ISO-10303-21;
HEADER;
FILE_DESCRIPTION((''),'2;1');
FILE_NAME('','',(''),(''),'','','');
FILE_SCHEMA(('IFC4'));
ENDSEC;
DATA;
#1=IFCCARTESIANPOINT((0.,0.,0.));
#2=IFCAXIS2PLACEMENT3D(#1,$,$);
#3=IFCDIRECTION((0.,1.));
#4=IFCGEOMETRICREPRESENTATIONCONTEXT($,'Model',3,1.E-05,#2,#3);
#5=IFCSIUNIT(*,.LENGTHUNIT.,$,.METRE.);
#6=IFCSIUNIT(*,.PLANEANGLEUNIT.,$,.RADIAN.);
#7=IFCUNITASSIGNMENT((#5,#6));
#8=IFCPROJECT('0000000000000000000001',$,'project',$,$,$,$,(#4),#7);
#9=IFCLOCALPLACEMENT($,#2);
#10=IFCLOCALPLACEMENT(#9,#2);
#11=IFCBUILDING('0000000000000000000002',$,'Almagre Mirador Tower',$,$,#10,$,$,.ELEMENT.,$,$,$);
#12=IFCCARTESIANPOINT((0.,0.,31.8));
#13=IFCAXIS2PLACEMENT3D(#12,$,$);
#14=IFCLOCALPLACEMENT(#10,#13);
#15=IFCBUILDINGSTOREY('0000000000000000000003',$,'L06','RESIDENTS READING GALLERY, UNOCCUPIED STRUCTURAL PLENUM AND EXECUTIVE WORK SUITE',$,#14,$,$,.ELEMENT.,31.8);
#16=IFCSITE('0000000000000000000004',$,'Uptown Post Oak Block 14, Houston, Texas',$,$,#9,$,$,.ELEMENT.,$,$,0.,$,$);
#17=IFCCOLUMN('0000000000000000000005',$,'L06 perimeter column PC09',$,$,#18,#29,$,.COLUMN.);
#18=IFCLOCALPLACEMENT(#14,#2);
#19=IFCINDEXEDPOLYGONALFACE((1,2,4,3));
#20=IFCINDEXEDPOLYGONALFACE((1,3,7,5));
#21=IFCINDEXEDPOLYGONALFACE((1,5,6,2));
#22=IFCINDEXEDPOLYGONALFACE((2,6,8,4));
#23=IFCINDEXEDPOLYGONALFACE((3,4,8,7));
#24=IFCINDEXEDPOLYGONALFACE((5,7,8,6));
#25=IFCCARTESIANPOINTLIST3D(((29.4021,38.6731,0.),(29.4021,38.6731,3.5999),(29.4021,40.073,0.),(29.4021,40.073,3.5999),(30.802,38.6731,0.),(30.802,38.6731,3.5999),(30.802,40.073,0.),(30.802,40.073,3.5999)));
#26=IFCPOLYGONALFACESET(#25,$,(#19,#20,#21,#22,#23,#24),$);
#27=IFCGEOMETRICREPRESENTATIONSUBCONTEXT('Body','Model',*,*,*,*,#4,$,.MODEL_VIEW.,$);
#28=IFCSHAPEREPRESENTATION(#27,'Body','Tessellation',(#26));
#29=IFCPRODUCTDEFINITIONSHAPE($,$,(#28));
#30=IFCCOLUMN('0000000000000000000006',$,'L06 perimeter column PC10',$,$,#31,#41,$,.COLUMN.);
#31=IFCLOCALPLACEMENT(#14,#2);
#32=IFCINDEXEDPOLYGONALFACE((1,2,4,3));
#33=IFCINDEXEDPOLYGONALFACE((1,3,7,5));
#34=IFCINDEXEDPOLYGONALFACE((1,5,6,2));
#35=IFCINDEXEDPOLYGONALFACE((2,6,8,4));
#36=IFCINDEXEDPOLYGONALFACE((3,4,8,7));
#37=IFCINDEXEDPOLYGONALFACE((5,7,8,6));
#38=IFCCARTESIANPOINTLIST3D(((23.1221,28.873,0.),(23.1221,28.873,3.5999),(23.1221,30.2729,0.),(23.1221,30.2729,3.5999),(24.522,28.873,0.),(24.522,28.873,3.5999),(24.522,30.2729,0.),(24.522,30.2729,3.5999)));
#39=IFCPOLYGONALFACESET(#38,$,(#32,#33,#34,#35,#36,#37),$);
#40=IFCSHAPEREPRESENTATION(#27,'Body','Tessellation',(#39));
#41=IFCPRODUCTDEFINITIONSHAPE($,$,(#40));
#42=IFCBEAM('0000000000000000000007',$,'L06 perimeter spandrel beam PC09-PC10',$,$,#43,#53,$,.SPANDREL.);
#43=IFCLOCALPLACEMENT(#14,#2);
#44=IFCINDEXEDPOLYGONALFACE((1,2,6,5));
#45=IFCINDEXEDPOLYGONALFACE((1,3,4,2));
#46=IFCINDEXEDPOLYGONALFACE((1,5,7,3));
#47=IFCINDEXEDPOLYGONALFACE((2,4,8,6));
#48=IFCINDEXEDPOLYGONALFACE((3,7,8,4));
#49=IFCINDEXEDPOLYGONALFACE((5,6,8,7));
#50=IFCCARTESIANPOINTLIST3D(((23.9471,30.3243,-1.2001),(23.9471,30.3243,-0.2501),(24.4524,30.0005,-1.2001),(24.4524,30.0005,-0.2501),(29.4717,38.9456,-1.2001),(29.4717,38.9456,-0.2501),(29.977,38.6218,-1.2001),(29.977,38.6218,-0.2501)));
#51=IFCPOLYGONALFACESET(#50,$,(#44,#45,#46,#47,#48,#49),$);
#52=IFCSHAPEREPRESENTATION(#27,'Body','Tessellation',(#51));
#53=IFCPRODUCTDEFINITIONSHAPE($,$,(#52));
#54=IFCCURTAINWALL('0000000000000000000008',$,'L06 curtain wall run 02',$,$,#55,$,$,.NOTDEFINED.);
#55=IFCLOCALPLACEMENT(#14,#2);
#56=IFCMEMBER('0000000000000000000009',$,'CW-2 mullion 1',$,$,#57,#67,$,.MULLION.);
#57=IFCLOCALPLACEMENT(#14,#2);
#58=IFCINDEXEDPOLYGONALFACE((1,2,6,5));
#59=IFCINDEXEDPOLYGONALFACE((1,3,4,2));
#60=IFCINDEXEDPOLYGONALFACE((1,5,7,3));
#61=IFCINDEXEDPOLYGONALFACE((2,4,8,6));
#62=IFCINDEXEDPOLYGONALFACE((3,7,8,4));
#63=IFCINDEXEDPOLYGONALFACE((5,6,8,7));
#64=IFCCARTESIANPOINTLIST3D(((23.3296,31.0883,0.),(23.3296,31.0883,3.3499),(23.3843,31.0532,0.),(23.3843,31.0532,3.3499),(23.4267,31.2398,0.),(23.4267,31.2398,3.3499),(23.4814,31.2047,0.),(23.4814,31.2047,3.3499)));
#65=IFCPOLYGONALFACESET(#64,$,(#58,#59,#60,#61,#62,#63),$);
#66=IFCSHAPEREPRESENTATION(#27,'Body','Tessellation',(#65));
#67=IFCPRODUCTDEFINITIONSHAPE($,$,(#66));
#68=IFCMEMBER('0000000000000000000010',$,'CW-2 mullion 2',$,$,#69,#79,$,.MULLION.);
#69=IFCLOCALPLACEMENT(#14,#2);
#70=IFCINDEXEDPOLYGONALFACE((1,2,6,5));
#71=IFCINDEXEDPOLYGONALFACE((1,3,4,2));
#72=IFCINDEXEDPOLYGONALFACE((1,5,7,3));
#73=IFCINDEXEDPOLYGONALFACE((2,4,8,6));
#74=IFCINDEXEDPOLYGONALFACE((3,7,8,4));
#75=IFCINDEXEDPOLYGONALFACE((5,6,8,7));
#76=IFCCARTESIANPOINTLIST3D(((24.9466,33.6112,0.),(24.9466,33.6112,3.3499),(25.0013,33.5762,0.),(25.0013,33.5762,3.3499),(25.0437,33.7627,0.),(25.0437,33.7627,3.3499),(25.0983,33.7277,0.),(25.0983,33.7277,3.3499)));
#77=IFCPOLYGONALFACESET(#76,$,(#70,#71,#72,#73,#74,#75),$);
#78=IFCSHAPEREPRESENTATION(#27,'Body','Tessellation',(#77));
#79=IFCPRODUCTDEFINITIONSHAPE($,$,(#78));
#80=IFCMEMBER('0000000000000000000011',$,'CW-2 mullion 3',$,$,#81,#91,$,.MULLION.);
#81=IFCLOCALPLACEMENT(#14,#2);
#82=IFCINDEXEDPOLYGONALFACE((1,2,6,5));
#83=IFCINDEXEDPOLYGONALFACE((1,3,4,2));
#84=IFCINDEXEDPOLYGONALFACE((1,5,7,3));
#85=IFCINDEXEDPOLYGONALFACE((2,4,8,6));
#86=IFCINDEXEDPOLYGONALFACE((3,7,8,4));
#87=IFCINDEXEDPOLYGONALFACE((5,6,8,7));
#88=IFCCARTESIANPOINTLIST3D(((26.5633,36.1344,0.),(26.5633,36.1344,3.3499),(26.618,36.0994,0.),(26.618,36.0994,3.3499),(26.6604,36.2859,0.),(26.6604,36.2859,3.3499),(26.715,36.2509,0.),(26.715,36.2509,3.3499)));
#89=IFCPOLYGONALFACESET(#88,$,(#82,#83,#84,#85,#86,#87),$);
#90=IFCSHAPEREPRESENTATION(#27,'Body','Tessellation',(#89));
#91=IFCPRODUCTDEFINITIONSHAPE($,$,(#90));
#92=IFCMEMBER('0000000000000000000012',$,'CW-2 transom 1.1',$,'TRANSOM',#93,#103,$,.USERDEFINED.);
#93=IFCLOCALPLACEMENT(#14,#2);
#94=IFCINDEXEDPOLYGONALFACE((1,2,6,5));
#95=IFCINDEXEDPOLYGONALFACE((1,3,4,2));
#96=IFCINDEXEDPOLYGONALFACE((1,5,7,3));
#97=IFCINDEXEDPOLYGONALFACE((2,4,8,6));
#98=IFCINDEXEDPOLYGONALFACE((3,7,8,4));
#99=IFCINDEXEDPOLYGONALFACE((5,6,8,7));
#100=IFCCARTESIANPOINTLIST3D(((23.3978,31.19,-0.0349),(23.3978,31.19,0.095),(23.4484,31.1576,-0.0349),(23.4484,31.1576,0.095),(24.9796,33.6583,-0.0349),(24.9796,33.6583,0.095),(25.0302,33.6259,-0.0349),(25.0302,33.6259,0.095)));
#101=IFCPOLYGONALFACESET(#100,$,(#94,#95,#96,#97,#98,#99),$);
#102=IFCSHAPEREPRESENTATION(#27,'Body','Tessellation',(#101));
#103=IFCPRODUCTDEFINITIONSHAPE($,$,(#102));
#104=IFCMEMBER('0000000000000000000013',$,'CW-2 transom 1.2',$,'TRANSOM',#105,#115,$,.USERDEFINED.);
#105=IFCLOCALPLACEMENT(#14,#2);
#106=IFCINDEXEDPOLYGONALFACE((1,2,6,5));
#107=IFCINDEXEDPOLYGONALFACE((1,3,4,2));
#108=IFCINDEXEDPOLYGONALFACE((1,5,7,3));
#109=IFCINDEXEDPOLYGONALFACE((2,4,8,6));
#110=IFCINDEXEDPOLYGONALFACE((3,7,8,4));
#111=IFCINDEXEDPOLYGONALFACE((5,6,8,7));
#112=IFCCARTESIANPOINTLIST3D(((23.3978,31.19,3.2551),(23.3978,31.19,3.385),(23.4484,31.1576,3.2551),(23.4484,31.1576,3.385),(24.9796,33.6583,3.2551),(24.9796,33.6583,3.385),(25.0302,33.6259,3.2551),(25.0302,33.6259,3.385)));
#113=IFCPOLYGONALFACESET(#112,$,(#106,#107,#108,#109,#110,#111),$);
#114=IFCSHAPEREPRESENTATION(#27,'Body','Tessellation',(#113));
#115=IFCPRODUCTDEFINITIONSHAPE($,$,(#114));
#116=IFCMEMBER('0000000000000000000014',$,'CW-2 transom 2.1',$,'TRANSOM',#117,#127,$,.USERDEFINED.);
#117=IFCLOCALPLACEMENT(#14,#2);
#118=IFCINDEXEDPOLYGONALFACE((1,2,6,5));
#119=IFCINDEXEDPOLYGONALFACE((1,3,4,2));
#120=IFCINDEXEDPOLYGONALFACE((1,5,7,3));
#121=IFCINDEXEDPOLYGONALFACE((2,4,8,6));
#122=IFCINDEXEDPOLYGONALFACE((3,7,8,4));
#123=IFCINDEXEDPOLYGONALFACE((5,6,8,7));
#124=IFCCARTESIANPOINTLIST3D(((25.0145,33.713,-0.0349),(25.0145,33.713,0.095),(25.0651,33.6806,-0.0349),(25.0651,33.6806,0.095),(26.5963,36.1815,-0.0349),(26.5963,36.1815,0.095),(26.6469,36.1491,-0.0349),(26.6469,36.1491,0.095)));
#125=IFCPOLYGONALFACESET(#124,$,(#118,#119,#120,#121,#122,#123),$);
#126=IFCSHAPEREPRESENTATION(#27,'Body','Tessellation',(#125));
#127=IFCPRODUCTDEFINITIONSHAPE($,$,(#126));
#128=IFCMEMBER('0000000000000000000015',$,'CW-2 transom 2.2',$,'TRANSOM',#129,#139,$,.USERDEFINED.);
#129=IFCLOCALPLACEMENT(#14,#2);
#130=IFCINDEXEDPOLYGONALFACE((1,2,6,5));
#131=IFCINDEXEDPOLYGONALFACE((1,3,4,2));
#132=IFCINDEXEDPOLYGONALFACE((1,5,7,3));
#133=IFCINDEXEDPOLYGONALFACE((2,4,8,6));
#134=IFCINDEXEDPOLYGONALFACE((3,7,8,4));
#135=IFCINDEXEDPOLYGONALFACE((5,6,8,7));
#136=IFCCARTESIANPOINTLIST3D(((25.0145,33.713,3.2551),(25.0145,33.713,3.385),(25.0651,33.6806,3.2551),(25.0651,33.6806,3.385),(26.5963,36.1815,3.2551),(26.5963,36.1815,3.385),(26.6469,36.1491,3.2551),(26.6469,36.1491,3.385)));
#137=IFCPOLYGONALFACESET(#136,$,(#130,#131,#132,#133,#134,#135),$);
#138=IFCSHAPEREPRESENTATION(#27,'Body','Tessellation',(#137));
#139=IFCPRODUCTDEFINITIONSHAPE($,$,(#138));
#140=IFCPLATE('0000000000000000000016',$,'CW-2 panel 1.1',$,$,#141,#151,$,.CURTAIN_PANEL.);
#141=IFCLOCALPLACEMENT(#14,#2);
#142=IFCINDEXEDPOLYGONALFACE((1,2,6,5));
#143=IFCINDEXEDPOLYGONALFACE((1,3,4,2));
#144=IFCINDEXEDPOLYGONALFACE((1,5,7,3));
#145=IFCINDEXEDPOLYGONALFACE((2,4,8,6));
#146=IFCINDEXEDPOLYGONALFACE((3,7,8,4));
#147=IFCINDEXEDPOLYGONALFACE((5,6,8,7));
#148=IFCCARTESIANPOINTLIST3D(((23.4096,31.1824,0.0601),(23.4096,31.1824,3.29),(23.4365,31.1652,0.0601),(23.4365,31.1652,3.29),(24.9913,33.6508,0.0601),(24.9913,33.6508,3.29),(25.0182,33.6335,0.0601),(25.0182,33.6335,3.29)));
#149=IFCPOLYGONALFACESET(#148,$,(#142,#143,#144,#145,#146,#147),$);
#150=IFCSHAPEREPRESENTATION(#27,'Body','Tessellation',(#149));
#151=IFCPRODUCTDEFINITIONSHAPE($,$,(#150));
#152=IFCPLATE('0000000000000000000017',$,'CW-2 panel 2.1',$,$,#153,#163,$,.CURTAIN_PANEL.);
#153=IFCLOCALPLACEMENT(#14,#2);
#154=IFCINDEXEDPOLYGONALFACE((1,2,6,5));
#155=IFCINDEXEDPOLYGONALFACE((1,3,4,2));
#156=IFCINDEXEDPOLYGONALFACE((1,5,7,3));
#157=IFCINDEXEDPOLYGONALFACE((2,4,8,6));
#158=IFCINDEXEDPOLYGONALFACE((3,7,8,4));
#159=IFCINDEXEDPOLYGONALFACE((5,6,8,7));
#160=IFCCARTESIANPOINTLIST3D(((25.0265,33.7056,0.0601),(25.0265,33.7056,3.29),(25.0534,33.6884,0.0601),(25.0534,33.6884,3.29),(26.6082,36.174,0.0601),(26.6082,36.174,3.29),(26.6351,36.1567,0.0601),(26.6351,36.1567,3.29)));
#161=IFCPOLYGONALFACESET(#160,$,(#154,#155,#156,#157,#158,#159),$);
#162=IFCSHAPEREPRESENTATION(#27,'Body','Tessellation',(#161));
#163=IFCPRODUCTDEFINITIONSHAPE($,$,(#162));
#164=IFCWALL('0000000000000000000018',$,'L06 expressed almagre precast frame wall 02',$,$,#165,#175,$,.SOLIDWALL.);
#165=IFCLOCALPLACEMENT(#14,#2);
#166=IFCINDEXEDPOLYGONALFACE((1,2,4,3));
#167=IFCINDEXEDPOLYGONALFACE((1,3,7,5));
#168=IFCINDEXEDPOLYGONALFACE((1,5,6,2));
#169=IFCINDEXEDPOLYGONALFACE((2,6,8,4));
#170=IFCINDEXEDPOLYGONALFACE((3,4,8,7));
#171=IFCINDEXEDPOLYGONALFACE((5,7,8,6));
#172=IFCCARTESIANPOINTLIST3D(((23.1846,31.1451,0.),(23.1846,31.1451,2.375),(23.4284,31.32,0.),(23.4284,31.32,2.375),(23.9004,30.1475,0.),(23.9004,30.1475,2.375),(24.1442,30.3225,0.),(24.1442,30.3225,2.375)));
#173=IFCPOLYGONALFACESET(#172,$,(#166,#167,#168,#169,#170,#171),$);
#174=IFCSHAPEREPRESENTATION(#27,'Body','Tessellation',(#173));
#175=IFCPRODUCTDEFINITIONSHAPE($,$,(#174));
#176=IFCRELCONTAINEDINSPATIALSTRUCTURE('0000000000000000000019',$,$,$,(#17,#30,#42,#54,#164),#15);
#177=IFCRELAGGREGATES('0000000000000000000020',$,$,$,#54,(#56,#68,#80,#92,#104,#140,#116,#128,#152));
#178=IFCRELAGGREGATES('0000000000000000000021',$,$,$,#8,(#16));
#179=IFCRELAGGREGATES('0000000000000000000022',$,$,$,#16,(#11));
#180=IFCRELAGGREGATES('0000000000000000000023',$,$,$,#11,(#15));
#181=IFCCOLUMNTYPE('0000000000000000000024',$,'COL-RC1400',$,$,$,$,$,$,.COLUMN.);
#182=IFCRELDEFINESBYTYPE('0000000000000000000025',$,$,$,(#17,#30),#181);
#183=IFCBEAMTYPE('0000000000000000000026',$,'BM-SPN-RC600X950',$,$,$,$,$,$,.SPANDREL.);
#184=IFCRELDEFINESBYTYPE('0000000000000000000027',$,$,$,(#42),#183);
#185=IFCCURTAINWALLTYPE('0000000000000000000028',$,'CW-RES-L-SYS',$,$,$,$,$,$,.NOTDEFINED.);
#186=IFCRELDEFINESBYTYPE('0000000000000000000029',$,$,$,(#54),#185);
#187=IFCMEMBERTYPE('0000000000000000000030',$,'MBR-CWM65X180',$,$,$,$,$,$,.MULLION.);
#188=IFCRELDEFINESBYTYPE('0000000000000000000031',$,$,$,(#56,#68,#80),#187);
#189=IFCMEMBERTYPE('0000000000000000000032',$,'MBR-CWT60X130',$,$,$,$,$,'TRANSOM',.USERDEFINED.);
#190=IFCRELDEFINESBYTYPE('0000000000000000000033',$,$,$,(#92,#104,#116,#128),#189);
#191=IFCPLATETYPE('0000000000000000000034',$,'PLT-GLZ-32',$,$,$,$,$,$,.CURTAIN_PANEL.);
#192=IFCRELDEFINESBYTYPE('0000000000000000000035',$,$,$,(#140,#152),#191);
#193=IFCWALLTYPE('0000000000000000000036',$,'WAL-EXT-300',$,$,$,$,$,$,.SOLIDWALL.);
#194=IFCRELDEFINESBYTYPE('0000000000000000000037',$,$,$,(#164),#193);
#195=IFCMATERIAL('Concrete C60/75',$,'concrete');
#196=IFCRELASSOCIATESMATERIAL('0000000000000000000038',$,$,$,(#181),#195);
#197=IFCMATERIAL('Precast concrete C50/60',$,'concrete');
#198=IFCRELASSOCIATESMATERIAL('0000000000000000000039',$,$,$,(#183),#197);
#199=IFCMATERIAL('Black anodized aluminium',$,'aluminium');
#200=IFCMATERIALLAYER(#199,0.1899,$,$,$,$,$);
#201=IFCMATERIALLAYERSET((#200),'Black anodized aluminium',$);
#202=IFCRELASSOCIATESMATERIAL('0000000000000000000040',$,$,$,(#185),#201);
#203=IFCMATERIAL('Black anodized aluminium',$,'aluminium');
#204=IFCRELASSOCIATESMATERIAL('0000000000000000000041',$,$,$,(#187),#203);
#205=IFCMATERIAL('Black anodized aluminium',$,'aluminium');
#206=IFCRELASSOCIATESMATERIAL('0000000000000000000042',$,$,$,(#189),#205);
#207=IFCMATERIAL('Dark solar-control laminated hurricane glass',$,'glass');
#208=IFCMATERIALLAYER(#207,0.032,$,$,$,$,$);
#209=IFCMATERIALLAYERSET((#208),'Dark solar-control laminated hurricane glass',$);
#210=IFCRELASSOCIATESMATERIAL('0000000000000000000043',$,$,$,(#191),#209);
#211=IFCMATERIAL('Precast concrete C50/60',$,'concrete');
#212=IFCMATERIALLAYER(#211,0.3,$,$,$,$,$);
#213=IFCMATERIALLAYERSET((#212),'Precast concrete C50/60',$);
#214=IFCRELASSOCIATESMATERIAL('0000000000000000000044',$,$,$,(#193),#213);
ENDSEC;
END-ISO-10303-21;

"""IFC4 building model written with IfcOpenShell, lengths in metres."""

from ifc_helpers import new_model, si_unit, direction, frame, frame_2d, origin, origin_2d, place, context, subcontext, project, spatial, rectangle, extrude, material, layer, layer_set, material_profile, profile_set, type_object, element, aggregate, save


model = new_model("IFC4")

# Units and contexts
model_context = context("Model", 3, precision=1e-05, world=origin(), true_north=direction((0.0, 1.0)))
body_context = subcontext(model_context, "Body", "Model", "MODEL_VIEW")
ifc_project = project(units=[si_unit("LENGTHUNIT", "METRE"), si_unit("PLANEANGLEUNIT", "RADIAN")], contexts=[model_context])

# Site, building, storey
site_placement = place(None, origin())
site = spatial("IfcSite", under=ifc_project, at=site_placement, Name="Uptown Post Oak Block 14, Houston, Texas", CompositionType="ELEMENT", RefElevation=0.0)
building_placement = place(site_placement, origin())
building = spatial("IfcBuilding", under=site, at=building_placement, Name="Almagre Mirador Tower", CompositionType="ELEMENT")
storey_placement = place(building_placement, frame((0.0, 0.0, 31.8)))
storey = spatial("IfcBuildingStorey", under=building, at=storey_placement, Name="L06", Description="RESIDENTS READING GALLERY, UNOCCUPIED STRUCTURAL PLENUM AND EXECUTIVE WORK SUITE", CompositionType="ELEMENT", Elevation=31.8)

# Columns
ifc_material_1 = material(Name="Concrete C60/75", Category="concrete")
ifc_material_profile_1 = material_profile(ifc_material_1, rectangle(XDim=1.3999, YDim=1.3999, at=origin_2d()), Name="RC1400X1400")
ifc_profile_set_1 = profile_set([ifc_material_profile_1], Name="Concrete C60/75")
column_type = type_object("IfcColumnType", Name="COL-RC1400", PredefinedType="COLUMN", material=ifc_profile_set_1)
for number, where, z_axis, x_axis, name in (
    (1, (30.1021, 39.373, 0.0), (0.0, 0.0, 1.0), (1.0, 0.0, 0.0), "L06 perimeter column PC09"),
    (2, (23.822, 29.573, 0.0), (0.0, 0.0, 1.0), (1.0, 0.0, 0.0), "L06 perimeter column PC10"),
):
    element("IfcColumn", number, at=place(storey_placement, frame(where, z_axis=z_axis, x_axis=x_axis)), inside=storey, type_object=column_type, Name=name, PredefinedType="COLUMN", context=body_context, shape_type="SweptSolid", body=[
        extrude(rectangle(XDim=1.3999, YDim=1.3999, at=origin_2d()), origin(), (0.0, 0.0, 1.0), 3.5999),
    ])

# Beam
ifc_material_2 = material(Name="Precast concrete C50/60", Category="concrete")
ifc_material_profile_2 = material_profile(ifc_material_2, rectangle(XDim=0.6001, YDim=0.95, at=origin_2d()), Name="RC600X950")
ifc_profile_set_2 = profile_set([ifc_material_profile_2], Name="Precast concrete C50/60")
beam_type = type_object("IfcBeamType", Name="BM-SPN-RC600X950", PredefinedType="SPANDREL", material=ifc_profile_set_2)
beam_placement = place(storey_placement, frame((29.7244, 38.7837, -0.7251), z_axis=(-0.539539, -0.841961, 0.0), x_axis=(0.841961, -0.539539, 0.0)))
element("IfcBeam", 3, at=beam_placement, inside=storey, type_object=beam_type, Name="L06 perimeter spandrel beam PC09-PC10", PredefinedType="SPANDREL", context=body_context, shape_type="SweptSolid", body=[
    extrude(rectangle(XDim=0.6001, YDim=0.95, at=origin_2d()), origin(), (0.0, 0.0, 1.0), 10.2395),
])

# Curtain wall, members, plates
ifc_material_3 = material(Name="Black anodized aluminium", Category="aluminium")
ifc_layer_1 = layer(ifc_material_3, 0.1899)
ifc_layer_set_1 = layer_set([ifc_layer_1], Name="Black anodized aluminium")
curtain_wall_type = type_object("IfcCurtainWallType", Name="CW-RES-L-SYS", PredefinedType="NOTDEFINED", material=ifc_layer_set_1)
curtain_wall_placement = place(storey_placement, origin())
curtain_wall = element("IfcCurtainWall", 4, at=curtain_wall_placement, inside=storey, type_object=curtain_wall_type, Name="L06 curtain wall run 02", PredefinedType="NOTDEFINED")
ifc_material_4 = material(Name="Black anodized aluminium", Category="aluminium")
ifc_material_profile_3 = material_profile(ifc_material_4, rectangle(XDim=0.0649, YDim=0.1799, at=origin_2d()), Name="CWM65X180")
ifc_profile_set_3 = profile_set([ifc_material_profile_3], Name="Black anodized aluminium")
member_type_1 = type_object("IfcMemberType", Name="MBR-CWM65X180", PredefinedType="MULLION", material=ifc_profile_set_3)
member_1_placement = place(storey_placement, frame((23.4055, 31.1465, 0.0), z_axis=(0.0, 0.0, 1.0), x_axis=(-0.841967, 0.539529, 0.0)))
member_1 = element("IfcMember", 5, at=member_1_placement, type_object=member_type_1, Name="CW-2 mullion 1", PredefinedType="MULLION", context=body_context, shape_type="SweptSolid", body=[
    extrude(rectangle(XDim=0.0649, YDim=0.1799, at=origin_2d()), origin(), (0.0, 0.0, 1.0), 3.3499),
])
member_2_placement = place(storey_placement, frame((25.0225, 33.6694, 0.0), z_axis=(0.0, 0.0, 1.0), x_axis=(-0.841967, 0.539529, 0.0)))
member_2 = element("IfcMember", 6, at=member_2_placement, type_object=member_type_1, Name="CW-2 mullion 2", PredefinedType="MULLION", context=body_context, shape_type="SweptSolid", body=[
    extrude(rectangle(XDim=0.0649, YDim=0.1799, at=origin_2d()), origin(), (0.0, 0.0, 1.0), 3.3499),
])
member_3_placement = place(storey_placement, frame((26.6392, 36.1926, 0.0), z_axis=(0.0, 0.0, 1.0), x_axis=(-0.841967, 0.539529, 0.0)))
member_3 = element("IfcMember", 7, at=member_3_placement, type_object=member_type_1, Name="CW-2 mullion 3", PredefinedType="MULLION", context=body_context, shape_type="SweptSolid", body=[
    extrude(rectangle(XDim=0.0649, YDim=0.1799, at=origin_2d()), origin(), (0.0, 0.0, 1.0), 3.3499),
])
ifc_material_5 = material(Name="Black anodized aluminium", Category="aluminium")
ifc_material_profile_4 = material_profile(ifc_material_5, rectangle(XDim=0.0601, YDim=0.1299, at=origin_2d()), Name="CWT60X130")
ifc_profile_set_4 = profile_set([ifc_material_profile_4], Name="Black anodized aluminium")
member_type_2 = type_object("IfcMemberType", Name="MBR-CWT60X130", ElementType="TRANSOM", PredefinedType="USERDEFINED", material=ifc_profile_set_4)
member_4_placement = place(storey_placement, frame((23.4231, 31.1738, 0.03), z_axis=(0.539562, 0.841946, 0.0), x_axis=(-0.841946, 0.539562, 0.0)))
member_4 = element("IfcMember", 8, at=member_4_placement, type_object=member_type_2, Name="CW-2 transom 1.1", ObjectType="TRANSOM", PredefinedType="USERDEFINED", context=body_context, shape_type="SweptSolid", body=[
    extrude(rectangle(XDim=0.0601, YDim=0.1299, at=origin_2d()), origin(), (0.0, 0.0, 1.0), 2.9316),
])
member_5_placement = place(storey_placement, frame((23.4231, 31.1738, 3.3201), z_axis=(0.539562, 0.841946, 0.0), x_axis=(-0.841946, 0.539562, 0.0)))
member_5 = element("IfcMember", 9, at=member_5_placement, type_object=member_type_2, Name="CW-2 transom 1.2", ObjectType="TRANSOM", PredefinedType="USERDEFINED", context=body_context, shape_type="SweptSolid", body=[
    extrude(rectangle(XDim=0.0601, YDim=0.1299, at=origin_2d()), origin(), (0.0, 0.0, 1.0), 2.9316),
])
member_6_placement = place(storey_placement, frame((25.0398, 33.6968, 0.03), z_axis=(0.539524, 0.84197, 0.0), x_axis=(-0.84197, 0.539524, 0.0)))
member_6 = element("IfcMember", 10, at=member_6_placement, type_object=member_type_2, Name="CW-2 transom 2.1", ObjectType="TRANSOM", PredefinedType="USERDEFINED", context=body_context, shape_type="SweptSolid", body=[
    extrude(rectangle(XDim=0.0601, YDim=0.1299, at=origin_2d()), origin(), (0.0, 0.0, 1.0), 2.9319),
])
member_7_placement = place(storey_placement, frame((25.0398, 33.6968, 3.3201), z_axis=(0.539524, 0.84197, 0.0), x_axis=(-0.84197, 0.539524, 0.0)))
member_7 = element("IfcMember", 11, at=member_7_placement, type_object=member_type_2, Name="CW-2 transom 2.2", ObjectType="TRANSOM", PredefinedType="USERDEFINED", context=body_context, shape_type="SweptSolid", body=[
    extrude(rectangle(XDim=0.0601, YDim=0.1299, at=origin_2d()), origin(), (0.0, 0.0, 1.0), 2.9319),
])
ifc_material_6 = material(Name="Dark solar-control laminated hurricane glass", Category="glass")
ifc_layer_2 = layer(ifc_material_6, 0.032)
ifc_layer_set_2 = layer_set([ifc_layer_2], Name="Dark solar-control laminated hurricane glass")
plate_type = type_object("IfcPlateType", Name="PLT-GLZ-32", PredefinedType="CURTAIN_PANEL", material=ifc_layer_set_2)
plate_1_placement = place(storey_placement, frame((24.2139, 32.408, 0.0601), z_axis=(0.0, 0.0, 1.0), x_axis=(0.539529, 0.841967, 0.0)))
plate_1 = element("IfcPlate", 12, at=plate_1_placement, type_object=plate_type, Name="CW-2 panel 1.1", PredefinedType="CURTAIN_PANEL", context=body_context, shape_type="SweptSolid", body=[
    extrude(rectangle(XDim=2.9316, YDim=0.032, at=origin_2d()), origin(), (0.0, 0.0, 1.0), 3.23),
])
plate_2_placement = place(storey_placement, frame((25.8308, 34.9312, 0.0601), z_axis=(0.0, 0.0, 1.0), x_axis=(0.539529, 0.841967, 0.0)))
plate_2 = element("IfcPlate", 13, at=plate_2_placement, type_object=plate_type, Name="CW-2 panel 2.1", PredefinedType="CURTAIN_PANEL", context=body_context, shape_type="SweptSolid", body=[
    extrude(rectangle(XDim=2.9316, YDim=0.032, at=origin_2d()), origin(), (0.0, 0.0, 1.0), 3.23),
])
aggregate(curtain_wall, [member_1, member_2, member_3, member_4, member_5, plate_1, member_6, member_7, plate_2])

# Wall
ifc_material_7 = material(Name="Precast concrete C50/60", Category="concrete")
ifc_layer_3 = layer(ifc_material_7, 0.3)
ifc_layer_set_3 = layer_set([ifc_layer_3], Name="Precast concrete C50/60")
wall_type = type_object("IfcWallType", Name="WAL-EXT-300", PredefinedType="SOLIDWALL", material=ifc_layer_set_3)
wall_1_placement = place(storey_placement, frame((24.0222, 30.2351, 0.0), z_axis=(0.0, 0.0, 1.0), x_axis=(-0.583005, 0.812469, 0.0)))
element("IfcWall", 14, at=wall_1_placement, inside=storey, type_object=wall_type, Name="L06 expressed almagre precast frame wall 02", PredefinedType="SOLIDWALL", context=body_context, shape_type="SweptSolid", body=[
    extrude(rectangle(XDim=1.2278, YDim=0.3, at=frame_2d((0.6138, 0.0))), origin(), (0.0, 0.0, 1.0), 2.375),
])

save(model, "model.ifc")
